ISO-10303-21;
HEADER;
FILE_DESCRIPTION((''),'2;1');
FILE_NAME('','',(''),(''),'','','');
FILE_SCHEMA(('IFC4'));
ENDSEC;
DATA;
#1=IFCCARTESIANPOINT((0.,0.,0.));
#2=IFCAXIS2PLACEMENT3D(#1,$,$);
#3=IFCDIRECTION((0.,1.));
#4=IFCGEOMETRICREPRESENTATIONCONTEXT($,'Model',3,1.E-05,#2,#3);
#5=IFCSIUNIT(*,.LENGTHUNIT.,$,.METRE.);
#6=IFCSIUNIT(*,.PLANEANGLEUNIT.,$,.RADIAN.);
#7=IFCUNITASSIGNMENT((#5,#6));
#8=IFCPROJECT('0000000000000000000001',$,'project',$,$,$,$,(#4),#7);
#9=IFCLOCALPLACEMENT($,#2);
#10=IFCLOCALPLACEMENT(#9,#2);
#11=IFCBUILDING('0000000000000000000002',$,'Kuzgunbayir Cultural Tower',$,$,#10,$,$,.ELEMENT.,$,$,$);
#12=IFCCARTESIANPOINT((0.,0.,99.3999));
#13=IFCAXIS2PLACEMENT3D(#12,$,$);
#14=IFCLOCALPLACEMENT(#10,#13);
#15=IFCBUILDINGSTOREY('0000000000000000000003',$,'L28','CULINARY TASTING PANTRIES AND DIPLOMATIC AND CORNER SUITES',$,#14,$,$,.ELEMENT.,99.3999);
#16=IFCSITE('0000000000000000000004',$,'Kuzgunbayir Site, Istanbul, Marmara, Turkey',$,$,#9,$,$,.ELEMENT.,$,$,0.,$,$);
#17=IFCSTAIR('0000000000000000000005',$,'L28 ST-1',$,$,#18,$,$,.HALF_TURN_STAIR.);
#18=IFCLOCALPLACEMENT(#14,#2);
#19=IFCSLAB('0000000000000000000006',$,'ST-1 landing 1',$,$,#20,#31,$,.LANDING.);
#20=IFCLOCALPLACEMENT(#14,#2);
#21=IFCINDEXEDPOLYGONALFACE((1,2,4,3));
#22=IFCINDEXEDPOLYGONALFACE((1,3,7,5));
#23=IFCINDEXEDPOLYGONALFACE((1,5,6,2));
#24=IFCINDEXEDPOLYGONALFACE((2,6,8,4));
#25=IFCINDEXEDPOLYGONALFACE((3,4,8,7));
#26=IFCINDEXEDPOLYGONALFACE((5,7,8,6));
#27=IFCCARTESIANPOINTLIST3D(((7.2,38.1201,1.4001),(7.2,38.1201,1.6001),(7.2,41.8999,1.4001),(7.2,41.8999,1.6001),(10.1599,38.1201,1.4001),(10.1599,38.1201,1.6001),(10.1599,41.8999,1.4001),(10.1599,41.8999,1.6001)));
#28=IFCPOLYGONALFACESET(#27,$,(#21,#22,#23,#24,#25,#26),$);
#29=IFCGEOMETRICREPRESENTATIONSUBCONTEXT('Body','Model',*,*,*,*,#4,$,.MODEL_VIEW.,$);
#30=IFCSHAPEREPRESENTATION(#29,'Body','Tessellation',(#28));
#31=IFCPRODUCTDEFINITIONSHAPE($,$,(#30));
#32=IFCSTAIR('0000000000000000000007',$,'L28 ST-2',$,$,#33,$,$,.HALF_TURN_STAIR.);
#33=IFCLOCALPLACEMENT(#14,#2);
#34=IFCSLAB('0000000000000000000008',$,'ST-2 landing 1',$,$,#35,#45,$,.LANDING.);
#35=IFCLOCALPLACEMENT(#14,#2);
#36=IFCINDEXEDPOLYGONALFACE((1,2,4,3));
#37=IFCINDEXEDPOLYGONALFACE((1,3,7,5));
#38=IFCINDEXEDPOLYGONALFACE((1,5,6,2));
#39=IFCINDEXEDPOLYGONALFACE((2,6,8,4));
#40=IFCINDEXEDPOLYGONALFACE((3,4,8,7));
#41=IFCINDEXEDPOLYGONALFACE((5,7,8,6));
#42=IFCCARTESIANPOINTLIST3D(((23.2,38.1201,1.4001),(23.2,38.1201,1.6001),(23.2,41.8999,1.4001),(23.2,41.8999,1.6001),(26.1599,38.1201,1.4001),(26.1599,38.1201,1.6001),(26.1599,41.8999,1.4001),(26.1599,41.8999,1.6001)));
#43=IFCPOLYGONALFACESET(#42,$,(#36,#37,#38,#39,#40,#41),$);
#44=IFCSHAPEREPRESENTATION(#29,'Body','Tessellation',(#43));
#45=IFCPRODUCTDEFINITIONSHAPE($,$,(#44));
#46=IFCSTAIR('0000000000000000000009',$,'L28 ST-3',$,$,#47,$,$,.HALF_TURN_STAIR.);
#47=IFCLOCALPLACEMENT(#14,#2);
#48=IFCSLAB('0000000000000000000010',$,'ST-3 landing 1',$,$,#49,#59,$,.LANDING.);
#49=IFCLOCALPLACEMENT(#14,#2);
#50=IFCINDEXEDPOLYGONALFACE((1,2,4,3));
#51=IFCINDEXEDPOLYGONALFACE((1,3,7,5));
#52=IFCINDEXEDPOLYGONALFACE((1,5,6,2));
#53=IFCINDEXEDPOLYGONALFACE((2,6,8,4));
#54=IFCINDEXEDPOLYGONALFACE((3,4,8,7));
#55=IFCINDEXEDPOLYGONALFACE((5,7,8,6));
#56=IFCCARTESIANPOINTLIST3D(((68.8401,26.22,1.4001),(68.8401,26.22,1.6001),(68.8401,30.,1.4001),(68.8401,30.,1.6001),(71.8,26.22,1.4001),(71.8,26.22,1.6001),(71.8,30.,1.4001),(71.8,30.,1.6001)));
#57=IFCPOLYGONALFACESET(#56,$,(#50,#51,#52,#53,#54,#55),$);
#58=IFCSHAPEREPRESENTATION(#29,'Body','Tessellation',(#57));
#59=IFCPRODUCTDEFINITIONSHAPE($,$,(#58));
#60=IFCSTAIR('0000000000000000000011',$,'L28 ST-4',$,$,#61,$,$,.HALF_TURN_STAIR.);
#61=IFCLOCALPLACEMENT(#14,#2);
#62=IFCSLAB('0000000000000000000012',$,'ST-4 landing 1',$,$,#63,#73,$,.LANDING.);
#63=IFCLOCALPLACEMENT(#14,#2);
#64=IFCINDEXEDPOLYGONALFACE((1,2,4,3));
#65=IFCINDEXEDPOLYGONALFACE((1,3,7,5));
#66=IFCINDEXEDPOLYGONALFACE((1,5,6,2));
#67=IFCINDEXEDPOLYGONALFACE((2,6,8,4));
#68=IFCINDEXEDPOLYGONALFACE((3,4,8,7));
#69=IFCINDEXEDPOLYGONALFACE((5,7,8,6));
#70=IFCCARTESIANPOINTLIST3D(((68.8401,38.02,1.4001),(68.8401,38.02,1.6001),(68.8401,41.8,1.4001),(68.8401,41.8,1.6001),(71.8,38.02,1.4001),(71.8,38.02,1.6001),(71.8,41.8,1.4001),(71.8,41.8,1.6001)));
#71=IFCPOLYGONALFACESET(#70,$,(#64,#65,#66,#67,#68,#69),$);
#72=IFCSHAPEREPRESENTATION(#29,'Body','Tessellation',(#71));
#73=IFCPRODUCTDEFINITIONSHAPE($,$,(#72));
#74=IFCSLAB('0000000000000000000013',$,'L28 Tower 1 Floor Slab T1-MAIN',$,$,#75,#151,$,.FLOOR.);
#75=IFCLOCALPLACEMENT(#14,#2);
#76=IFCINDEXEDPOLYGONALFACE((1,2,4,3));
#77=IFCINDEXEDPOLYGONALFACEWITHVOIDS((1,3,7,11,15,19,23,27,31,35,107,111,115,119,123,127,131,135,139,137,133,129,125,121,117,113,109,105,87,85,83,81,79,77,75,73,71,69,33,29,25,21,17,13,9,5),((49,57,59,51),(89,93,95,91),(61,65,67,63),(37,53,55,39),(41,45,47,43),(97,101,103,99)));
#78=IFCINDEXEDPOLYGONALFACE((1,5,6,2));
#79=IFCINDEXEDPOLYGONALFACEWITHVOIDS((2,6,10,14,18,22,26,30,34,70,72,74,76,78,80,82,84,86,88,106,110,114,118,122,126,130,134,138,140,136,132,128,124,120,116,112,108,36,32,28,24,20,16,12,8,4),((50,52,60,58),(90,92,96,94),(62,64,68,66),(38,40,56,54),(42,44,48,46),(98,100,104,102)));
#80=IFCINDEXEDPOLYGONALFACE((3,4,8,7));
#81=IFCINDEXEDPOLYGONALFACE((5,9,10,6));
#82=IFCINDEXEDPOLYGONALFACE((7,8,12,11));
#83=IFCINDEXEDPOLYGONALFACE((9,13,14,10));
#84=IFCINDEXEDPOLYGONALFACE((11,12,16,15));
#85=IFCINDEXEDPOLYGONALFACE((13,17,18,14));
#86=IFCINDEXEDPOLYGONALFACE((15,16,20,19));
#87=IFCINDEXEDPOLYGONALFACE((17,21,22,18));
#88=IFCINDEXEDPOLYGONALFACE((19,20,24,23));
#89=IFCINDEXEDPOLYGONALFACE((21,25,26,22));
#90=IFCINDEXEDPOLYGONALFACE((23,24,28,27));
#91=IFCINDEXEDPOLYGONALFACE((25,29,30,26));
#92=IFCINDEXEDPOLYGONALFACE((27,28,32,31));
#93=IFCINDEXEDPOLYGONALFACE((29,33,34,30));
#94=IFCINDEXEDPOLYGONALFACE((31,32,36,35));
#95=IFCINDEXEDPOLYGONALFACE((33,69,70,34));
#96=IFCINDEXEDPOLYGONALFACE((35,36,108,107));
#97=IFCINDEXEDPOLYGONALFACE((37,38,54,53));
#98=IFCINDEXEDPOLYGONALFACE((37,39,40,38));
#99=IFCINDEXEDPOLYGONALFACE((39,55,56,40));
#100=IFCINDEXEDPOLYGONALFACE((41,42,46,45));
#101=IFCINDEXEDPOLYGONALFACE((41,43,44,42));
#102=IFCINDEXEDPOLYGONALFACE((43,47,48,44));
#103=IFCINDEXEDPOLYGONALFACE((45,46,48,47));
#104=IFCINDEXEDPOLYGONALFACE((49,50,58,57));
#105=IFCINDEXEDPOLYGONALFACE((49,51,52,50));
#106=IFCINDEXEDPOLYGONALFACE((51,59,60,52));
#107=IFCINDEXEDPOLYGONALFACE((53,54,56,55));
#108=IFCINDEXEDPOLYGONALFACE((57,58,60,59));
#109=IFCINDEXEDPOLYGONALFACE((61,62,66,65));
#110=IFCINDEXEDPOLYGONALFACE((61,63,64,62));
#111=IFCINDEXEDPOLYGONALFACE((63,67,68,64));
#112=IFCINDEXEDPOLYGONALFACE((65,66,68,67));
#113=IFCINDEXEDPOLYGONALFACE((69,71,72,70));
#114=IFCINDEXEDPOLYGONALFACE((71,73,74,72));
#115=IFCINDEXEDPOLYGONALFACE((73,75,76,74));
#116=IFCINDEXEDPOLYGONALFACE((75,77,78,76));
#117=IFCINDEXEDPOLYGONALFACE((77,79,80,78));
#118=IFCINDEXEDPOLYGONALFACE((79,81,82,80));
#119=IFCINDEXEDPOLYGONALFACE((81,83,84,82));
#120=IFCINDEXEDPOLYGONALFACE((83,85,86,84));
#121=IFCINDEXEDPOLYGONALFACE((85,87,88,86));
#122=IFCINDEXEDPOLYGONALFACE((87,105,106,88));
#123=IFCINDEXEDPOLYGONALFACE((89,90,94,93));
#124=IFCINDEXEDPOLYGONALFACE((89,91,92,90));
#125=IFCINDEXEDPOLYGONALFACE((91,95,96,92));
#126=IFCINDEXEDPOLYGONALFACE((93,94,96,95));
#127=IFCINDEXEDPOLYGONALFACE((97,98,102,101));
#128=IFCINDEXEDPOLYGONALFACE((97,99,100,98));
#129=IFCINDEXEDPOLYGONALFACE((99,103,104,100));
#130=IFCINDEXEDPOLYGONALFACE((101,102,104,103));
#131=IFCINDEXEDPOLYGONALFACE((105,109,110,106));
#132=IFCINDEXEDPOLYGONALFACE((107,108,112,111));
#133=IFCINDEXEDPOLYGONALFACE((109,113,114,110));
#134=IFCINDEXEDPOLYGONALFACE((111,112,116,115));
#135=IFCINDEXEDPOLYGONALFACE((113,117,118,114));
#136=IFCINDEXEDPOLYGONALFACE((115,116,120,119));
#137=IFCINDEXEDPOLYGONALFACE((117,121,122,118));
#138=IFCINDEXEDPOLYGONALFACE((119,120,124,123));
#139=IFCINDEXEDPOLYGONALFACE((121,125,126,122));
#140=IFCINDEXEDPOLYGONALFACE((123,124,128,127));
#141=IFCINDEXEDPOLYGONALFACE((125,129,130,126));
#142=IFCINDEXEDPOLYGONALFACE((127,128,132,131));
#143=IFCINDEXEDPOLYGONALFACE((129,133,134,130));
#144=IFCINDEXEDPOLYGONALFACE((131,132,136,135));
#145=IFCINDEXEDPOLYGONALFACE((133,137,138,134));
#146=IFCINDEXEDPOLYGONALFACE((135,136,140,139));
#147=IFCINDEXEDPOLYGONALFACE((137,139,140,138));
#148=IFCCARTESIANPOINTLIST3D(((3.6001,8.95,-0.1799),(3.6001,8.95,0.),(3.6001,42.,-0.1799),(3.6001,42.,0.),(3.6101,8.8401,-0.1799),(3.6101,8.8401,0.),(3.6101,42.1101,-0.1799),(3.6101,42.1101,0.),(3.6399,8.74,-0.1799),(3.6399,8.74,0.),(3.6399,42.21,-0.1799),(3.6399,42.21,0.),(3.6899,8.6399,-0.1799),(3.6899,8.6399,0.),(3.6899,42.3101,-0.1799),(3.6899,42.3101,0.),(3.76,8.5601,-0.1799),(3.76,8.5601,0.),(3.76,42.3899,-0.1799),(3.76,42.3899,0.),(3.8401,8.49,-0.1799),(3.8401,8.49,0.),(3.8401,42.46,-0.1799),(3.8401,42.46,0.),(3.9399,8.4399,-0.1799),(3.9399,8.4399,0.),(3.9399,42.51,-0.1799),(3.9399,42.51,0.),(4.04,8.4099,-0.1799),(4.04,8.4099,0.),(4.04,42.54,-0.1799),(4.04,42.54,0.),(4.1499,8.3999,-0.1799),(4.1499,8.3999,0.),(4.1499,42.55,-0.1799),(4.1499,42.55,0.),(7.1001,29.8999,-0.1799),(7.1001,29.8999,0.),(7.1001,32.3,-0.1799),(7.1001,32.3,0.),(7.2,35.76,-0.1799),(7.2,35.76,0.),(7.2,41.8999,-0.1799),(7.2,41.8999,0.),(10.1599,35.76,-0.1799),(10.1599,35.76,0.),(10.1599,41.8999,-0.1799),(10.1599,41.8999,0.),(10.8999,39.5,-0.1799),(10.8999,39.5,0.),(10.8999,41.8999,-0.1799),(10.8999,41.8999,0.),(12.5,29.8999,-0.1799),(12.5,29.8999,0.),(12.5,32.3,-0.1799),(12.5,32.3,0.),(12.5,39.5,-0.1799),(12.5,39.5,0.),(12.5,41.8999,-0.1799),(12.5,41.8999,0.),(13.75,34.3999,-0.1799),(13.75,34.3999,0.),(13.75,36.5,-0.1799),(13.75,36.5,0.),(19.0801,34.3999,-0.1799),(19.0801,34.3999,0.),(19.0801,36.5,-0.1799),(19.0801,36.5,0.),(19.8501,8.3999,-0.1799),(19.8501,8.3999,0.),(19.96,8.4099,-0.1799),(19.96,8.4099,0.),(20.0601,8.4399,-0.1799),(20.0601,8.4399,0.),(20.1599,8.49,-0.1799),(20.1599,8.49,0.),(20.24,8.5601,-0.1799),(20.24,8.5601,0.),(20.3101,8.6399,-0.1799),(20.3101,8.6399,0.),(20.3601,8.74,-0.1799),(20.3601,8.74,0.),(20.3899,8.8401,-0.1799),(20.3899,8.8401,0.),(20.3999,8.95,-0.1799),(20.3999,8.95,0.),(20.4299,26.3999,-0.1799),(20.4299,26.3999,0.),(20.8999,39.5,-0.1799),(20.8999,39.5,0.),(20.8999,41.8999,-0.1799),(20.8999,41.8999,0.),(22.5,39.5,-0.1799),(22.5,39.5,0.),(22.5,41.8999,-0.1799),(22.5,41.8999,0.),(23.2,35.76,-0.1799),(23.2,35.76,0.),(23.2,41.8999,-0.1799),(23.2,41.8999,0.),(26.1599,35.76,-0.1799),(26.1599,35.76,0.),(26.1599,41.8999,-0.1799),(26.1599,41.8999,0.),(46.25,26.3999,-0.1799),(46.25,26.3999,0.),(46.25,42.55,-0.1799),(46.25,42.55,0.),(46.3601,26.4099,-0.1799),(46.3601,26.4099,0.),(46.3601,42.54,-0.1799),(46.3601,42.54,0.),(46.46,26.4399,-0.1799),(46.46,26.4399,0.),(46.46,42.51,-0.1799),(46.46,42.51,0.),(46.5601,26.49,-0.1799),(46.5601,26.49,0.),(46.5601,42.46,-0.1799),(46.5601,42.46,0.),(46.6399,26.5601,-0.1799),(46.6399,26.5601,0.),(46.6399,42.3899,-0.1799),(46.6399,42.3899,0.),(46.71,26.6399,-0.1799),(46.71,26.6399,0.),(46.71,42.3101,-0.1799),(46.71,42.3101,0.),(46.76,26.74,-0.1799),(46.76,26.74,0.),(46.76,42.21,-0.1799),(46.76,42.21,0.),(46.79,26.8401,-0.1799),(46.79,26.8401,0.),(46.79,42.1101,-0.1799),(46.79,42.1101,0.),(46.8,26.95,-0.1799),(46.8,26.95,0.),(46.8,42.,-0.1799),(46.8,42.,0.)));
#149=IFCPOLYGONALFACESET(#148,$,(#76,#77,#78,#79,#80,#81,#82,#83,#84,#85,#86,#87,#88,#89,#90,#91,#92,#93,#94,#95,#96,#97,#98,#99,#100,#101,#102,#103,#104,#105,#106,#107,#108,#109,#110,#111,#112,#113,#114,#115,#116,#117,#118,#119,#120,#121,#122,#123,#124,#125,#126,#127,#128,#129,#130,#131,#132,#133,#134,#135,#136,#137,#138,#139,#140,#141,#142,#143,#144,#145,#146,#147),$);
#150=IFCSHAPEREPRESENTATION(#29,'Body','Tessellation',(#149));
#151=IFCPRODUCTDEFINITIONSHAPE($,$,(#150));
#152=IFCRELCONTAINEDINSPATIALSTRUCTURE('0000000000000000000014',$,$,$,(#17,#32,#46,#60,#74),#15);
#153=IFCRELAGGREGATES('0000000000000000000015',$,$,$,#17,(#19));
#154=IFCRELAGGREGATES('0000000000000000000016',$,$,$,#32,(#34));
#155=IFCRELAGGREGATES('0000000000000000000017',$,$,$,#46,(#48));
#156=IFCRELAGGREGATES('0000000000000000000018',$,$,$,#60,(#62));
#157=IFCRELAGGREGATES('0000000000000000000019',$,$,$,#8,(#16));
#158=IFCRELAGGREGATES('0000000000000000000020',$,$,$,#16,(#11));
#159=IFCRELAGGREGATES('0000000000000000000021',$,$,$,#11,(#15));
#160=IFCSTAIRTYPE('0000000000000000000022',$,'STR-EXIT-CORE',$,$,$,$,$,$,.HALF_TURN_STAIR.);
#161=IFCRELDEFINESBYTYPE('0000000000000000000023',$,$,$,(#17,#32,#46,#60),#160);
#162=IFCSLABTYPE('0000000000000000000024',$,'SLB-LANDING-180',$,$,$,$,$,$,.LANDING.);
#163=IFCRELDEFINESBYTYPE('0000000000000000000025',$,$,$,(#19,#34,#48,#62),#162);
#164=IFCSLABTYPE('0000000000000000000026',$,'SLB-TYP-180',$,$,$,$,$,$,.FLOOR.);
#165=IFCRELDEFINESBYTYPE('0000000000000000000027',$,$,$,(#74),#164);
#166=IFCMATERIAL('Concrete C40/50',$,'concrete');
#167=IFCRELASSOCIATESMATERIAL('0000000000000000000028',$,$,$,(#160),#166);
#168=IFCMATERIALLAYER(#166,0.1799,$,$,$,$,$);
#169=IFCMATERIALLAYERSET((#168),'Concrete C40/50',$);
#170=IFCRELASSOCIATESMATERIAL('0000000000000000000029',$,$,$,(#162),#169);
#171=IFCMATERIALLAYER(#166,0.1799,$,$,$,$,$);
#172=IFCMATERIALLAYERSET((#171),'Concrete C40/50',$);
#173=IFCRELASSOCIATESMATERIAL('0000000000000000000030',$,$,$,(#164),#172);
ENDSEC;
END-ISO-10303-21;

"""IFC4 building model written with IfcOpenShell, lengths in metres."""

from ifc_helpers import new_model, si_unit, direction, frame, origin, place, context, subcontext, project, spatial, polyline, outline, extrude, material, layer, layer_set, type_object, element, aggregate, save


model = new_model("IFC4")

# Units and contexts
model_context = context("Model", 3, precision=1e-05, world=origin(), true_north=direction((0.0, 1.0)))
body_context = subcontext(model_context, "Body", "Model", "MODEL_VIEW")
ifc_project = project(units=[si_unit("LENGTHUNIT", "METRE"), si_unit("PLANEANGLEUNIT", "RADIAN")], contexts=[model_context])

# Site, building, storey
site_placement = place(None, origin())
site = spatial("IfcSite", under=ifc_project, at=site_placement, Name="Kuzgunbayir Site, Istanbul, Marmara, Turkey", CompositionType="ELEMENT", RefElevation=0.0)
building_placement = place(site_placement, origin())
building = spatial("IfcBuilding", under=site, at=building_placement, Name="Kuzgunbayir Cultural Tower", CompositionType="ELEMENT")
storey_placement = place(building_placement, frame((0.0, 0.0, 99.3999)))
storey = spatial("IfcBuildingStorey", under=building, at=storey_placement, Name="L28", Description="CULINARY TASTING PANTRIES AND DIPLOMATIC AND CORNER SUITES", CompositionType="ELEMENT", Elevation=99.3999)

# Shared definitions
ifc_material_1 = material(Name="Concrete C40/50", Category="concrete")

# Stairs, slabs
stair_type = type_object("IfcStairType", Name="STR-EXIT-CORE", PredefinedType="HALF_TURN_STAIR", material=ifc_material_1)
stair_1_placement = place(storey_placement, origin())
stair_1 = element("IfcStair", 1, at=stair_1_placement, inside=storey, type_object=stair_type, Name="L28 ST-1", PredefinedType="HALF_TURN_STAIR")
ifc_layer_1 = layer(ifc_material_1, 0.1799)
ifc_layer_set_1 = layer_set([ifc_layer_1], Name="Concrete C40/50")
slab_type_1 = type_object("IfcSlabType", Name="SLB-LANDING-180", PredefinedType="LANDING", material=ifc_layer_set_1)
slab_1_placement = place(storey_placement, frame((0.0, 0.0, 1.4001)))
slab_1 = element("IfcSlab", 2, at=slab_1_placement, type_object=slab_type_1, Name="ST-1 landing 1", PredefinedType="LANDING", context=body_context, shape_type="SweptSolid", body=[
    extrude(outline(polyline([(10.1599, 38.1201), (10.1599, 41.8999), (7.2, 41.8999), (7.2, 38.1201), (10.1599, 38.1201)])), origin(), (0.0, 0.0, 1.0), 0.2),
])
aggregate(stair_1, [slab_1])
stair_2_placement = place(storey_placement, origin())
stair_2 = element("IfcStair", 3, at=stair_2_placement, inside=storey, type_object=stair_type, Name="L28 ST-2", PredefinedType="HALF_TURN_STAIR")
slab_2_placement = place(storey_placement, frame((0.0, 0.0, 1.4001)))
slab_2 = element("IfcSlab", 4, at=slab_2_placement, type_object=slab_type_1, Name="ST-2 landing 1", PredefinedType="LANDING", context=body_context, shape_type="SweptSolid", body=[
    extrude(outline(polyline([(26.1599, 38.1201), (26.1599, 41.8999), (23.2, 41.8999), (23.2, 38.1201), (26.1599, 38.1201)])), origin(), (0.0, 0.0, 1.0), 0.2),
])
aggregate(stair_2, [slab_2])
stair_3_placement = place(storey_placement, origin())
stair_3 = element("IfcStair", 5, at=stair_3_placement, inside=storey, type_object=stair_type, Name="L28 ST-3", PredefinedType="HALF_TURN_STAIR")
slab_3_placement = place(storey_placement, frame((0.0, 0.0, 1.4001)))
slab_3 = element("IfcSlab", 6, at=slab_3_placement, type_object=slab_type_1, Name="ST-3 landing 1", PredefinedType="LANDING", context=body_context, shape_type="SweptSolid", body=[
    extrude(outline(polyline([(71.8, 26.22), (71.8, 30.0), (68.8401, 30.0), (68.8401, 26.22), (71.8, 26.22)])), origin(), (0.0, 0.0, 1.0), 0.2),
])
aggregate(stair_3, [slab_3])
stair_4_placement = place(storey_placement, origin())
stair_4 = element("IfcStair", 7, at=stair_4_placement, inside=storey, type_object=stair_type, Name="L28 ST-4", PredefinedType="HALF_TURN_STAIR")
slab_4_placement = place(storey_placement, frame((0.0, 0.0, 1.4001)))
slab_4 = element("IfcSlab", 8, at=slab_4_placement, type_object=slab_type_1, Name="ST-4 landing 1", PredefinedType="LANDING", context=body_context, shape_type="SweptSolid", body=[
    extrude(outline(polyline([(71.8, 38.02), (71.8, 41.8), (68.8401, 41.8), (68.8401, 38.02), (71.8, 38.02)])), origin(), (0.0, 0.0, 1.0), 0.2),
])
aggregate(stair_4, [slab_4])

# Slab
ifc_layer_2 = layer(ifc_material_1, 0.1799)
ifc_layer_set_2 = layer_set([ifc_layer_2], Name="Concrete C40/50")
slab_type_2 = type_object("IfcSlabType", Name="SLB-TYP-180", PredefinedType="FLOOR", material=ifc_layer_set_2)
slab_5_placement = place(storey_placement, frame((0.0, 0.0, -0.1799)))
element("IfcSlab", 9, at=slab_5_placement, inside=storey, type_object=slab_type_2, Name="L28 Tower 1 Floor Slab T1-MAIN", PredefinedType="FLOOR", context=body_context, shape_type="SweptSolid", body=[
    extrude(outline(polyline([(20.3999, 8.95), (20.3899, 8.8401), (20.3601, 8.74), (20.3101, 8.6399), (20.24, 8.5601), (20.1599, 8.49), (20.0601, 8.4399), (19.96, 8.4099), (19.8501, 8.3999), (4.1499, 8.3999), (4.04, 8.4099), (3.9399, 8.4399), (3.8401, 8.49), (3.76, 8.5601), (3.6899, 8.6399), (3.6399, 8.74), (3.6101, 8.8401), (3.6001, 8.95), (3.6001, 42.0), (3.6101, 42.1101), (3.6399, 42.21), (3.6899, 42.3101), (3.76, 42.3899), (3.8401, 42.46), (3.9399, 42.51), (4.04, 42.54), (4.1499, 42.55), (46.25, 42.55), (46.3601, 42.54), (46.46, 42.51), (46.5601, 42.46), (46.6399, 42.3899), (46.71, 42.3101), (46.76, 42.21), (46.79, 42.1101), (46.8, 42.0), (46.8, 26.95), (46.79, 26.8401), (46.76, 26.74), (46.71, 26.6399), (46.6399, 26.5601), (46.5601, 26.49), (46.46, 26.4399), (46.3601, 26.4099), (46.25, 26.3999), (20.4299, 26.3999), (20.3999, 8.95)]), holes=[polyline([(7.2, 35.76), (7.2, 41.8999), (10.1599, 41.8999), (10.1599, 35.76), (7.2, 35.76)]), polyline([(23.2, 35.76), (23.2, 41.8999), (26.1599, 41.8999), (26.1599, 35.76), (23.2, 35.76)]), polyline([(13.75, 34.3999), (13.75, 36.5), (19.0801, 36.5), (19.0801, 34.3999), (13.75, 34.3999)]), polyline([(7.1001, 29.8999), (7.1001, 32.3), (12.5, 32.3), (12.5, 29.8999), (7.1001, 29.8999)]), polyline([(10.8999, 39.5), (10.8999, 41.8999), (12.5, 41.8999), (12.5, 39.5), (10.8999, 39.5)]), polyline([(20.8999, 39.5), (20.8999, 41.8999), (22.5, 41.8999), (22.5, 39.5), (20.8999, 39.5)])]), origin(), (0.0, 0.0, 1.0), 0.1799),
])

save(model, "model.ifc")
